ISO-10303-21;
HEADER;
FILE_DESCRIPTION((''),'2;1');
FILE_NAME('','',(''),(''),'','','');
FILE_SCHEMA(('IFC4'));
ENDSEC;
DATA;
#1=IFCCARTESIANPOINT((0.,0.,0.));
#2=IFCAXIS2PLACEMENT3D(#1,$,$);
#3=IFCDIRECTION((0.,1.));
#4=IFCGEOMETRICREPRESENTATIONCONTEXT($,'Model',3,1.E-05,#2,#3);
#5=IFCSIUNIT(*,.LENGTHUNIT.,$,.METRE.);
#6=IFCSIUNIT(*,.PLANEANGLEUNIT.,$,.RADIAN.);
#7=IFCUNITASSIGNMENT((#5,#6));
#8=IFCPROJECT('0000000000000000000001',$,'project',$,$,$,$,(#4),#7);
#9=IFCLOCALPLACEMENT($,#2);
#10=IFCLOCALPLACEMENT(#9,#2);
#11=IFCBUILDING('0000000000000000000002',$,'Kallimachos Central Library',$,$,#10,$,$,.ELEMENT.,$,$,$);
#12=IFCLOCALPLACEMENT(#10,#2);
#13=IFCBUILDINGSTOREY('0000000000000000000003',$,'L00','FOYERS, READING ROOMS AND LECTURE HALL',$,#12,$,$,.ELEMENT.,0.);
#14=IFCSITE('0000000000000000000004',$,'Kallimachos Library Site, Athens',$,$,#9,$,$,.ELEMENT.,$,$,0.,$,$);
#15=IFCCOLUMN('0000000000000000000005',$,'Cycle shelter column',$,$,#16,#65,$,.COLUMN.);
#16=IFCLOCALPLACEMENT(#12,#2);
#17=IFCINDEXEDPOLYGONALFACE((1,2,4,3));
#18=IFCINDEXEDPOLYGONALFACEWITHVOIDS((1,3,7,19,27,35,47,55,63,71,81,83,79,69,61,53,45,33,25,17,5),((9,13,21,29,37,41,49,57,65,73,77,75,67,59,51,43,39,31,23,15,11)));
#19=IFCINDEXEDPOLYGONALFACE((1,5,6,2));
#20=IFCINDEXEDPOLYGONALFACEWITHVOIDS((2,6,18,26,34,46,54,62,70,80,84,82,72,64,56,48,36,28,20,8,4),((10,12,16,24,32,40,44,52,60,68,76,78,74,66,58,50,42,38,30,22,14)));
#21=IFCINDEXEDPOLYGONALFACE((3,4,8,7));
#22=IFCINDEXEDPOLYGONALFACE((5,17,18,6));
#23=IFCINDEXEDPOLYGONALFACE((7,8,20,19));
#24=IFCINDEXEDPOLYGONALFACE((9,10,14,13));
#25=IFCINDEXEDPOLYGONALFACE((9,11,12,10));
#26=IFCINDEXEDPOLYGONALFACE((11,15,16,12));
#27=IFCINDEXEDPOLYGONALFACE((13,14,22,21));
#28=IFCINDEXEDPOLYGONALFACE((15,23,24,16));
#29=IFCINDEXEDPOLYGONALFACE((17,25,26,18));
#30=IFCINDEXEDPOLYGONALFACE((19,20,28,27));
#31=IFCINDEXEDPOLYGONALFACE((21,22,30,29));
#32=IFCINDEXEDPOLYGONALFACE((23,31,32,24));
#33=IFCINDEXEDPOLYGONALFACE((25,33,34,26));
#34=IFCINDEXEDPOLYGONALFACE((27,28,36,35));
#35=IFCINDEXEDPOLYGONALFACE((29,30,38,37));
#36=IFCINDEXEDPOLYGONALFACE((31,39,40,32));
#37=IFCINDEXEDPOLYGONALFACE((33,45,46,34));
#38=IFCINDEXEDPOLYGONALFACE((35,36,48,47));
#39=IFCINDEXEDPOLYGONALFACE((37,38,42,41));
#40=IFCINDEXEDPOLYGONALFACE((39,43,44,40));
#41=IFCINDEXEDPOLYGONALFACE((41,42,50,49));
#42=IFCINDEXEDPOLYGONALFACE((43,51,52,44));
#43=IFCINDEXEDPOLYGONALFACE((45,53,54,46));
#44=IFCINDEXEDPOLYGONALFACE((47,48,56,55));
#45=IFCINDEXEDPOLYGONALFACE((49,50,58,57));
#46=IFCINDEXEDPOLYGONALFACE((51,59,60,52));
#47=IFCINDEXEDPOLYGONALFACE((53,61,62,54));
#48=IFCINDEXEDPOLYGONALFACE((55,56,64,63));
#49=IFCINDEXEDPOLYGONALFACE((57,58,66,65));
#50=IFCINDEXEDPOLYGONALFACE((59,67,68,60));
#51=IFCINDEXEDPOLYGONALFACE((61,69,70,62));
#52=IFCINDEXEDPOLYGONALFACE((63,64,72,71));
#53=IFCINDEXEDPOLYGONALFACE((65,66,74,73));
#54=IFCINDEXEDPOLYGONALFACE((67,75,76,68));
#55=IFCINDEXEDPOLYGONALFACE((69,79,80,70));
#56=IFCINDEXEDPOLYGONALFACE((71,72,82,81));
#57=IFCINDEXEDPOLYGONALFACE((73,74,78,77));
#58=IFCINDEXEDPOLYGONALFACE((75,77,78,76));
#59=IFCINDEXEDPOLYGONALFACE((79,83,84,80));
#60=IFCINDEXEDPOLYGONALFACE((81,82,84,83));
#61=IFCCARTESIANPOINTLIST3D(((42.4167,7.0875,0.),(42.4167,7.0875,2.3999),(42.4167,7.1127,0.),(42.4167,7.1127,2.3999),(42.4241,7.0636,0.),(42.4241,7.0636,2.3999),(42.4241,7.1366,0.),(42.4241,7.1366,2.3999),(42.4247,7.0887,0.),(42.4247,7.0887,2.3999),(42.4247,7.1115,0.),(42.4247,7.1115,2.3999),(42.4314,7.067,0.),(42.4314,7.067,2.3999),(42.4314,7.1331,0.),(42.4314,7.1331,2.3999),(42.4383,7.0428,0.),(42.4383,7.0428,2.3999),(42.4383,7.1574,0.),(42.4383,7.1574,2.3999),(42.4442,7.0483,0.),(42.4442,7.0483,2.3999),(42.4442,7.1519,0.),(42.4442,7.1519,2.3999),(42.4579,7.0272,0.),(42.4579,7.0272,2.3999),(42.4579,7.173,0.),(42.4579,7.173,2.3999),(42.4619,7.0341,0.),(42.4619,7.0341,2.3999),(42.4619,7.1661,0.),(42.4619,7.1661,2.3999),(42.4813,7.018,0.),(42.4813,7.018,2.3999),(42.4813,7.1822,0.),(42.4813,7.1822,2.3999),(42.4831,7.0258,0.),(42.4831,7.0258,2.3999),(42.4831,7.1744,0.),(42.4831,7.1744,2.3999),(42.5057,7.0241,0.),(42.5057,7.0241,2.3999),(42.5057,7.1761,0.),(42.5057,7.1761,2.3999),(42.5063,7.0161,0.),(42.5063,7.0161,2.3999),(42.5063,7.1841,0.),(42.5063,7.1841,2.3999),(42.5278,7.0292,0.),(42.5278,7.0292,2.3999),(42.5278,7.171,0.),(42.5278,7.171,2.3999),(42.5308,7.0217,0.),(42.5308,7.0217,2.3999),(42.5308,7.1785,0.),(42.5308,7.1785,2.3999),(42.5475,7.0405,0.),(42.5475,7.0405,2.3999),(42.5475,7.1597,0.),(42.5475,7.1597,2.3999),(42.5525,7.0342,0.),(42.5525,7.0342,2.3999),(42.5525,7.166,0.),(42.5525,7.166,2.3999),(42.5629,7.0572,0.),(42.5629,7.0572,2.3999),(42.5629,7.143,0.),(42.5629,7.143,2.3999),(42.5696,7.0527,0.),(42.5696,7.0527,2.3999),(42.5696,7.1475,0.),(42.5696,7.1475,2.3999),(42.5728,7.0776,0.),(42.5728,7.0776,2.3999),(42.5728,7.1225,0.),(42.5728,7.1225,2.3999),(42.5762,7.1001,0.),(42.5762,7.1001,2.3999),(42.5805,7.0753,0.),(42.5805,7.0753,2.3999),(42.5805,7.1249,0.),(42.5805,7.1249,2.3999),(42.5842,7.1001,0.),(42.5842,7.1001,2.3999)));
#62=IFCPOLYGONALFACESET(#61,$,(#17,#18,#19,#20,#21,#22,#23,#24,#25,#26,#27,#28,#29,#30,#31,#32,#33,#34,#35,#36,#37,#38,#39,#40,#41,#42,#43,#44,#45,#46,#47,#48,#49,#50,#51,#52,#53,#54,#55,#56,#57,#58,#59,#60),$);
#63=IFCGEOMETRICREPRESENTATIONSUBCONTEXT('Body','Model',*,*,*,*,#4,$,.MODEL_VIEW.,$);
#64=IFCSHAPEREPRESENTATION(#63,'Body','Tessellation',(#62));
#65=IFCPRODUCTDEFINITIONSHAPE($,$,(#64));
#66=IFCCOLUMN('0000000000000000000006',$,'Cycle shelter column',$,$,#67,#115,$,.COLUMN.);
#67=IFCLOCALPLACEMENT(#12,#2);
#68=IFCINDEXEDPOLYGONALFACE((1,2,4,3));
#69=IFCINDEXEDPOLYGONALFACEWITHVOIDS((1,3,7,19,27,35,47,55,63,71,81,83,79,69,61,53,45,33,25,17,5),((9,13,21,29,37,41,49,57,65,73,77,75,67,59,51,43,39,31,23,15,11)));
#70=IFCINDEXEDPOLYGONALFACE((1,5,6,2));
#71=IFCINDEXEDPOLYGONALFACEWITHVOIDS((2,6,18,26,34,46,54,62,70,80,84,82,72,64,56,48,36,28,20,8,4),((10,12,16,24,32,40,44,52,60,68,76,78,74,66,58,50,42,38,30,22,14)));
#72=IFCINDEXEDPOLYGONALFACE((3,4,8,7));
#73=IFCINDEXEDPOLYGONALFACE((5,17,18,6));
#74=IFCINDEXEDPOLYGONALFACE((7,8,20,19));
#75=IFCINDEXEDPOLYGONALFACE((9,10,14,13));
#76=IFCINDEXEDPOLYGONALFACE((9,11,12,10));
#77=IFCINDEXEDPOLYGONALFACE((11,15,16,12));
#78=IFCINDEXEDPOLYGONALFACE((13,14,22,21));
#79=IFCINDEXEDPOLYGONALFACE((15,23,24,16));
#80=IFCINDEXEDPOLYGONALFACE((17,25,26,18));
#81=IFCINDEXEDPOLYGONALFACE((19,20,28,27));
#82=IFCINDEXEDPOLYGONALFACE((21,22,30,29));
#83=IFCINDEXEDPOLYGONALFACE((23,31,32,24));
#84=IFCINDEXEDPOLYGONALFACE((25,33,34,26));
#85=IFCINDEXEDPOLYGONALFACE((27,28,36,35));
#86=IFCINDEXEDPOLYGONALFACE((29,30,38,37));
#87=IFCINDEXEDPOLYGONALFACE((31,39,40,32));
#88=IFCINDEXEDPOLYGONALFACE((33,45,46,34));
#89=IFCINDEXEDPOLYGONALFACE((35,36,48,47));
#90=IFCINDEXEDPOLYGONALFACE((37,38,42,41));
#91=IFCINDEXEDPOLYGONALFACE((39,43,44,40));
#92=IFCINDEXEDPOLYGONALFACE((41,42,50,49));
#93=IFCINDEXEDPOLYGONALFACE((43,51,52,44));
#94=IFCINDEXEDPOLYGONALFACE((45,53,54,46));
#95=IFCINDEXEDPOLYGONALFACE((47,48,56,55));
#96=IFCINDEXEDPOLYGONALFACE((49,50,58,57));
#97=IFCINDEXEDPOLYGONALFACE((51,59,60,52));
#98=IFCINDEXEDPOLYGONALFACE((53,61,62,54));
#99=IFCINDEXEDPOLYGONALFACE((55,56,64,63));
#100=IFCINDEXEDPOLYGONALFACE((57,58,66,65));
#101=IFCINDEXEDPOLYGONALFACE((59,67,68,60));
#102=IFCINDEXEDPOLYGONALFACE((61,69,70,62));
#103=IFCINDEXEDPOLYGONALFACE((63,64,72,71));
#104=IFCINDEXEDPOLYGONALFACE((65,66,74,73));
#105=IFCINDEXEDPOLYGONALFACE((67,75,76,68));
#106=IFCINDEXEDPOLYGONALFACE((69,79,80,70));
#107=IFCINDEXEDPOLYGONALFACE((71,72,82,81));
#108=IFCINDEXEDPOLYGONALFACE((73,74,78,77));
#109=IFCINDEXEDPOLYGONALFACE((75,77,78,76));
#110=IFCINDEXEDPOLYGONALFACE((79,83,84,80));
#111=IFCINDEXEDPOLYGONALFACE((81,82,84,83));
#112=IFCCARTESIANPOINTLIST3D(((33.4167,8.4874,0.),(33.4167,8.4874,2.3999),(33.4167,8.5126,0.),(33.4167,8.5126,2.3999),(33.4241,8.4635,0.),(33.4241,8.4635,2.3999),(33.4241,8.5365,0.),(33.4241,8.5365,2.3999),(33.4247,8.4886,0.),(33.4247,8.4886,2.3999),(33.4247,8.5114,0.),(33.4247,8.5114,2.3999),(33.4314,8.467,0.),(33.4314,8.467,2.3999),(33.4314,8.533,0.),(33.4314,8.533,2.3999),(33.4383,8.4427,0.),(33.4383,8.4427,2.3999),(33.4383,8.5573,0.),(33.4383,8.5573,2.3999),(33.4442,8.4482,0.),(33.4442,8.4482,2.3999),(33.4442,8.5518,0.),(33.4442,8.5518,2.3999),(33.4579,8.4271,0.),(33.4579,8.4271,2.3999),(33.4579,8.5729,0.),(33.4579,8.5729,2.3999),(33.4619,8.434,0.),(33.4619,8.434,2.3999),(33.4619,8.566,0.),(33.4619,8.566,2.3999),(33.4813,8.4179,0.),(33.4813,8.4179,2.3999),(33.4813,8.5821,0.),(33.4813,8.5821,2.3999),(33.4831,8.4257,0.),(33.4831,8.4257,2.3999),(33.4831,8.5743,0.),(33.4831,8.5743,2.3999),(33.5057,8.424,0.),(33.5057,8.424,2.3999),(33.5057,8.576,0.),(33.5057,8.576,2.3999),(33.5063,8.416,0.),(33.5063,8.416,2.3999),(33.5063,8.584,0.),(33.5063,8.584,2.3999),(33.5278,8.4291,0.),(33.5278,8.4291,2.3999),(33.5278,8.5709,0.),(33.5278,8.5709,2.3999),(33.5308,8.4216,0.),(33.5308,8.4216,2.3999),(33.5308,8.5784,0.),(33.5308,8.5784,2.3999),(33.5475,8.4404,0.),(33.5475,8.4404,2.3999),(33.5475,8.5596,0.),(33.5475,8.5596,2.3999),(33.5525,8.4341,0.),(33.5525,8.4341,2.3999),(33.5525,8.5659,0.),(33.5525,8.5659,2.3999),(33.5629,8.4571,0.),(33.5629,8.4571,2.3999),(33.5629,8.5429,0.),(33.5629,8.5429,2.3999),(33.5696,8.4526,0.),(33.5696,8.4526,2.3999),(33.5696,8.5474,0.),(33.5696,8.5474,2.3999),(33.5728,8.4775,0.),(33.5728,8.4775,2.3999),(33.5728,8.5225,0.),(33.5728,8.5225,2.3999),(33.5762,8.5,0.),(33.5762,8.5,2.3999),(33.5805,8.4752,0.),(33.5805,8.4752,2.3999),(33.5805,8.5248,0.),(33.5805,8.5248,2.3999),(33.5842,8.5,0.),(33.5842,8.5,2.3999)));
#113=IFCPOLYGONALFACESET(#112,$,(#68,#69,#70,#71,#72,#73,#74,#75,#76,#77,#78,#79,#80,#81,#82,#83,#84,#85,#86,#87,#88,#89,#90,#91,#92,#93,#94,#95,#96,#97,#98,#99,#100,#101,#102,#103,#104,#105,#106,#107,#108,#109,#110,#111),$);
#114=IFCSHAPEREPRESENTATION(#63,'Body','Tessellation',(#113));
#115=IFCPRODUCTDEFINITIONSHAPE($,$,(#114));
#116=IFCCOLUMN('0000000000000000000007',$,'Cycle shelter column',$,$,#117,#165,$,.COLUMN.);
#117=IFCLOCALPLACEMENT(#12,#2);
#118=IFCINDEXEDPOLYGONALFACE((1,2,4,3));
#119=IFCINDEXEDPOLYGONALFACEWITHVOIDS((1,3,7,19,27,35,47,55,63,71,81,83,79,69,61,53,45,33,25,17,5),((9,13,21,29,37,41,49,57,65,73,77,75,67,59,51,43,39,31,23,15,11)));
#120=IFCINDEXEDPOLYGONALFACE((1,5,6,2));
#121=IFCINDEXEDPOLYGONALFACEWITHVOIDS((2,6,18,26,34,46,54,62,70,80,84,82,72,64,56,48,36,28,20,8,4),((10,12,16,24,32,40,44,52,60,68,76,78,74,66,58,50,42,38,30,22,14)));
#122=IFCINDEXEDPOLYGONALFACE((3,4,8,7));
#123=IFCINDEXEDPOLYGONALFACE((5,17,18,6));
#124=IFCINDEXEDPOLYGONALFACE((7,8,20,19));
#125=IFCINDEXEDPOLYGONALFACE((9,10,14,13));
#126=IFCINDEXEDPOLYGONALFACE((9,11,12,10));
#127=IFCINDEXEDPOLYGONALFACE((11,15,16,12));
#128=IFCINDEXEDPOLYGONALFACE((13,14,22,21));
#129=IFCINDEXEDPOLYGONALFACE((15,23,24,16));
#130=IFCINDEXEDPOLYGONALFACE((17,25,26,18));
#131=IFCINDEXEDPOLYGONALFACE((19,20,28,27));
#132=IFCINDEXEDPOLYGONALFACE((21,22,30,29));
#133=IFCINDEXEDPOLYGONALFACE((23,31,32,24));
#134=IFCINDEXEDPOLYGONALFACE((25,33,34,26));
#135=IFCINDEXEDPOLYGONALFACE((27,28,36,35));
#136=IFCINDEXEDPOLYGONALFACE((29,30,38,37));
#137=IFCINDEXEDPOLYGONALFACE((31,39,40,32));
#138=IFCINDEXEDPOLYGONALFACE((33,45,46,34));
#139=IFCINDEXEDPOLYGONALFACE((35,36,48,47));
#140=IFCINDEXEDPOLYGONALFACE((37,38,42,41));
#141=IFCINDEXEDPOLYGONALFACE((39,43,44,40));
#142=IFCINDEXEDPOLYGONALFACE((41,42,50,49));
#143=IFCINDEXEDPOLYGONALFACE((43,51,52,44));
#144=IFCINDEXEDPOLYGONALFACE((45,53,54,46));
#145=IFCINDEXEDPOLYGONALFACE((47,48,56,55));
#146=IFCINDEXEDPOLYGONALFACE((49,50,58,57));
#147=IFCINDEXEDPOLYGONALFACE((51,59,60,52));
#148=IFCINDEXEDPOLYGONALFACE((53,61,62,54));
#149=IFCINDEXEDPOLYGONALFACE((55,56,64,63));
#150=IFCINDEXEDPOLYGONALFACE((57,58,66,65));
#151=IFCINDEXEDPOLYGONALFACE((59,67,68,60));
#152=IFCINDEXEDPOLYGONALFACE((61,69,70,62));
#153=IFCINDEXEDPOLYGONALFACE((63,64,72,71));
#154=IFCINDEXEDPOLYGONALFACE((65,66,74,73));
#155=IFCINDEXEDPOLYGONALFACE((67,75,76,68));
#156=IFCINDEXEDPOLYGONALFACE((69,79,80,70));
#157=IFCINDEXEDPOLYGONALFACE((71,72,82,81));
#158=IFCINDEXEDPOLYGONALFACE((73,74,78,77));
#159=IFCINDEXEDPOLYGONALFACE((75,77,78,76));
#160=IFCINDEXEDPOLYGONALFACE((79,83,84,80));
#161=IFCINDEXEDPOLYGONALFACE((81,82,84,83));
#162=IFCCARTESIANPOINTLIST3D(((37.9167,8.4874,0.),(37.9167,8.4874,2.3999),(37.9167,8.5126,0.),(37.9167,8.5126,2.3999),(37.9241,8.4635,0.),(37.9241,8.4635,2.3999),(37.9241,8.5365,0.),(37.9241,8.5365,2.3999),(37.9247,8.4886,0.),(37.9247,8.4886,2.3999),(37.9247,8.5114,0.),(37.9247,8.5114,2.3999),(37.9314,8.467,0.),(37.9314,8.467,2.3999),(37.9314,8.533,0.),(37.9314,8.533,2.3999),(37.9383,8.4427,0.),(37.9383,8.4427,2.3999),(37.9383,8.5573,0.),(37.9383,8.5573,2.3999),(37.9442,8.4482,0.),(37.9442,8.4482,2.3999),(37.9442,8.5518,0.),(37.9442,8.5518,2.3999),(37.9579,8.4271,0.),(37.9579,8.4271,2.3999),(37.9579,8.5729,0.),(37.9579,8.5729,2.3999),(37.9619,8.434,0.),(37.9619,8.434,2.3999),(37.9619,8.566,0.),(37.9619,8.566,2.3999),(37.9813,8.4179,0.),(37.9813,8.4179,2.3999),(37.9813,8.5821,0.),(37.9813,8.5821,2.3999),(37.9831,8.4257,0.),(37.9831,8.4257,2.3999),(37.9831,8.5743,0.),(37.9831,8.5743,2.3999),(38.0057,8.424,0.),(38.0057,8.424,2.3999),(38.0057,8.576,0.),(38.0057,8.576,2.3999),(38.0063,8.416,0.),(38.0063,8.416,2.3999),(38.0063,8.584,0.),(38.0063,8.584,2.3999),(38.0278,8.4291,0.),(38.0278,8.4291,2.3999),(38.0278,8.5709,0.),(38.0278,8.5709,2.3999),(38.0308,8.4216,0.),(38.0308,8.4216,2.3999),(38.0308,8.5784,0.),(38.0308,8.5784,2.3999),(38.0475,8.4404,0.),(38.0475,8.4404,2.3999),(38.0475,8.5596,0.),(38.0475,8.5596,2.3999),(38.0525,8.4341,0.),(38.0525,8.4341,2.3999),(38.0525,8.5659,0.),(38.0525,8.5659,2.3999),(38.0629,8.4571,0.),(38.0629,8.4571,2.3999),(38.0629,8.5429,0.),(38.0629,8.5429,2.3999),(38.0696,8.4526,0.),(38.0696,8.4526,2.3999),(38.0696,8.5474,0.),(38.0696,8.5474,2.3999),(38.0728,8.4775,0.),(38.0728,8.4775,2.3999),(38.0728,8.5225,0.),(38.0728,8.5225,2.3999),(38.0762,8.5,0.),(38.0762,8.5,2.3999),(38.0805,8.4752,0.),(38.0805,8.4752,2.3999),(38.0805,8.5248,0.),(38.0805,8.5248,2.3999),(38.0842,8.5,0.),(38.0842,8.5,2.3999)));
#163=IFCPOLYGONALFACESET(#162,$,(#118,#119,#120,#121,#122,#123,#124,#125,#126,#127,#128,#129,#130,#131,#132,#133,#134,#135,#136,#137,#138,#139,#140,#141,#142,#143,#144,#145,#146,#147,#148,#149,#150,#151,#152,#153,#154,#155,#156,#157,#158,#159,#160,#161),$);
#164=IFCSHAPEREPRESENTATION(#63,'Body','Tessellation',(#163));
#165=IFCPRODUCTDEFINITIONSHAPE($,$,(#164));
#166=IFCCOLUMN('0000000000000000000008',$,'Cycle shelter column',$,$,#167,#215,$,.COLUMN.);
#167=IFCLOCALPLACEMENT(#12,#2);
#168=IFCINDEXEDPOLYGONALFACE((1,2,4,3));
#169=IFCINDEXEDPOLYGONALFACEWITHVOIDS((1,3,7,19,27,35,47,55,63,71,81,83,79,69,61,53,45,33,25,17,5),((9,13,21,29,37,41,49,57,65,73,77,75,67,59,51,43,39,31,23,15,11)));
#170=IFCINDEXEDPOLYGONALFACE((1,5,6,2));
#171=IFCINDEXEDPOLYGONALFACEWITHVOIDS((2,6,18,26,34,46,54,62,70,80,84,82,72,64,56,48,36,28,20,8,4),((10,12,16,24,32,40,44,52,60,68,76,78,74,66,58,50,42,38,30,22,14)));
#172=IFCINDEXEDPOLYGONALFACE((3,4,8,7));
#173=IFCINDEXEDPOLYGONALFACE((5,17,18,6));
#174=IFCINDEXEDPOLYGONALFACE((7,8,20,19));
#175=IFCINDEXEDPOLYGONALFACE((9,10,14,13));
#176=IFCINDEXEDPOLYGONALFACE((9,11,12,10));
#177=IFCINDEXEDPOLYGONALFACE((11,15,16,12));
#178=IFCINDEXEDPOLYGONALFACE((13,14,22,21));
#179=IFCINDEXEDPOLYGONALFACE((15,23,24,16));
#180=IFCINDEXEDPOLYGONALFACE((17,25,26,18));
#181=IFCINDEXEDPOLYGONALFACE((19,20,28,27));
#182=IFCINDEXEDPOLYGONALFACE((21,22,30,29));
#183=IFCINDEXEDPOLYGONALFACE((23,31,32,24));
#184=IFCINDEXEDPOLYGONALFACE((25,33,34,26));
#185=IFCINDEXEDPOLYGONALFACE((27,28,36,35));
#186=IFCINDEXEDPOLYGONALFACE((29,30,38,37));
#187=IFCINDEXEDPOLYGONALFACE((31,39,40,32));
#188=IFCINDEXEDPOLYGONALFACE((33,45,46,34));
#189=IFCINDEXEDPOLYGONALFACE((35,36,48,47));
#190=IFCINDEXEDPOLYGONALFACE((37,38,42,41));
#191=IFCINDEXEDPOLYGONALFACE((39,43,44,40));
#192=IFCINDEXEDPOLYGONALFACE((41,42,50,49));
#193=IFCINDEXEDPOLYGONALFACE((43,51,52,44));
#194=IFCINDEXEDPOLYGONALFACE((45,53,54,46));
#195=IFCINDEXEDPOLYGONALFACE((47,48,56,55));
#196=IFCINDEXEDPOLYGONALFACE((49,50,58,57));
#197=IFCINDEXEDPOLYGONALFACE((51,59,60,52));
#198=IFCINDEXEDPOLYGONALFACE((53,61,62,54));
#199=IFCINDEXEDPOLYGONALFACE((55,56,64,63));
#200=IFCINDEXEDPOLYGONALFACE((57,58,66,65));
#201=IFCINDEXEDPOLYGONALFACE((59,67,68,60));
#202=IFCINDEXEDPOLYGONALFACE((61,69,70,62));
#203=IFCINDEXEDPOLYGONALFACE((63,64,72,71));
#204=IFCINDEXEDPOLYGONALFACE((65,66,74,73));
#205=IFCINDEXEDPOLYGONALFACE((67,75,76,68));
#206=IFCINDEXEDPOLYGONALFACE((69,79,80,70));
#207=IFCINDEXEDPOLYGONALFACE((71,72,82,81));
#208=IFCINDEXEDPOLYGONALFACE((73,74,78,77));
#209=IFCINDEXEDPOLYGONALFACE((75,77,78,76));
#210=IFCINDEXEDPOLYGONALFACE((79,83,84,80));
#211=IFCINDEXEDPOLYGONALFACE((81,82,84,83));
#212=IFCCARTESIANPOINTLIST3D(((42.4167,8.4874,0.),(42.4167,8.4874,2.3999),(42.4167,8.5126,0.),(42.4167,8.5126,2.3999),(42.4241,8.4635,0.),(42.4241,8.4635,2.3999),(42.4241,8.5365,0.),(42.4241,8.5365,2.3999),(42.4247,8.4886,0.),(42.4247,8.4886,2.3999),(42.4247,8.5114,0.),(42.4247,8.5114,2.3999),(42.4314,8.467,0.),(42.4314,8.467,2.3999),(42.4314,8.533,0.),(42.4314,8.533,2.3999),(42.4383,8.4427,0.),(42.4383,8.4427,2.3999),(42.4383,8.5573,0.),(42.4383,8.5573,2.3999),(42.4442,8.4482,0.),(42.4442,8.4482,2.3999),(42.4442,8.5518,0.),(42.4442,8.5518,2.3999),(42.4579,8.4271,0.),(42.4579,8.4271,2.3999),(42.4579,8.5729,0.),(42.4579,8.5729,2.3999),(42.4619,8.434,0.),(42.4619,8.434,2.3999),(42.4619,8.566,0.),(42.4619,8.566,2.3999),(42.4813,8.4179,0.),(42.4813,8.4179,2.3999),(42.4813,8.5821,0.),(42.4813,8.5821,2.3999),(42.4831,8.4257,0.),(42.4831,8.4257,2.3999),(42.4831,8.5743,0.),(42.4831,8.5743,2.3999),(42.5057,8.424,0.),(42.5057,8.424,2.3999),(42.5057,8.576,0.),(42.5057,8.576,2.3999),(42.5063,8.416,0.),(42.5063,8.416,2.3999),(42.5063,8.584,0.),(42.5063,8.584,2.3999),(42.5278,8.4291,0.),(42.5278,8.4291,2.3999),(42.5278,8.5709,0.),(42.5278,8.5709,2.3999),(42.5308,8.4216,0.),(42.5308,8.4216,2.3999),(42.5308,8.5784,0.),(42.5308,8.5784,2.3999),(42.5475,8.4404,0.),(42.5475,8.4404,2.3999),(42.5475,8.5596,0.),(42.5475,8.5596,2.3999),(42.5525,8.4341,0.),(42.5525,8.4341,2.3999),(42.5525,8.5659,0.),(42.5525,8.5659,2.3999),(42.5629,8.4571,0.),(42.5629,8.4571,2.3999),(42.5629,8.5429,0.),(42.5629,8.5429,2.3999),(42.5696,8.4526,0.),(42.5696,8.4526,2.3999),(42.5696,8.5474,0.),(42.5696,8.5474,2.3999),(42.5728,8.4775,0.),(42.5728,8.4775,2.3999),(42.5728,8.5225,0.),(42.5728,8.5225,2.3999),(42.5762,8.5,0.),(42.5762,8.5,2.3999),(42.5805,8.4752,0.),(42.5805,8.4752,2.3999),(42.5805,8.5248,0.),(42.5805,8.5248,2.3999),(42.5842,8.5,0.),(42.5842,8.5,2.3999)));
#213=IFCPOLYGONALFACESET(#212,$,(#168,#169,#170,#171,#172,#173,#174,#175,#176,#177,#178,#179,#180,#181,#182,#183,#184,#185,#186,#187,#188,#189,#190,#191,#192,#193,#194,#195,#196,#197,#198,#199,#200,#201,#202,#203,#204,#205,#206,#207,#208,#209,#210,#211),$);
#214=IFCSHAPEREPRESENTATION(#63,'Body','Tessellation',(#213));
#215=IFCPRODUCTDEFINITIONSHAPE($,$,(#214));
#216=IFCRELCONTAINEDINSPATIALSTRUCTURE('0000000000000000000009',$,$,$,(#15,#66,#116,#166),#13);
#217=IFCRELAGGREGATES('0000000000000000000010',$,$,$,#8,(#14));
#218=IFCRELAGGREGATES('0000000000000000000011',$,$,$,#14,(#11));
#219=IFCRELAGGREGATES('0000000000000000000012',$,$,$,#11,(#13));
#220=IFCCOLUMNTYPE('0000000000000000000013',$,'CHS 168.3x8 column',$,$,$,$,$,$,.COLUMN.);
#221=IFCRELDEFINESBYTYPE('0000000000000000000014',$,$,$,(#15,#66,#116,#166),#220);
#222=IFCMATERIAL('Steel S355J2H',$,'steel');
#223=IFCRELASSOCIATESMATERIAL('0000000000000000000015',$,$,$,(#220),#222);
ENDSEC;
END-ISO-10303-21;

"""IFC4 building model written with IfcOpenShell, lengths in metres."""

from ifc_helpers import new_model, si_unit, direction, frame, origin, origin_2d, place, context, subcontext, project, spatial, hollow_circle, extrude, material, material_profile, profile_set, type_object, element, save


model = new_model("IFC4")

# Units and contexts
model_context = context("Model", 3, precision=1e-05, world=origin(), true_north=direction((0.0, 1.0)))
body_context = subcontext(model_context, "Body", "Model", "MODEL_VIEW")
ifc_project = project(units=[si_unit("LENGTHUNIT", "METRE"), si_unit("PLANEANGLEUNIT", "RADIAN")], contexts=[model_context])

# Site, building, storey
site_placement = place(None, origin())
site = spatial("IfcSite", under=ifc_project, at=site_placement, Name="Kallimachos Library Site, Athens", CompositionType="ELEMENT", RefElevation=0.0)
building_placement = place(site_placement, origin())
building = spatial("IfcBuilding", under=site, at=building_placement, Name="Kallimachos Central Library", CompositionType="ELEMENT")
storey_placement = place(building_placement, origin())
storey = spatial("IfcBuildingStorey", under=building, at=storey_placement, Name="L00", Description="FOYERS, READING ROOMS AND LECTURE HALL", CompositionType="ELEMENT", Elevation=0.0)

# Columns
ifc_material_1 = material(Name="Steel S355J2H", Category="steel")
ifc_material_profile_1 = material_profile(ifc_material_1, hollow_circle(Radius=0.0842, WallThickness=0.0081, at=origin_2d()), Name="CHS 168.3x8")
ifc_profile_set_1 = profile_set([ifc_material_profile_1], Name="Steel S355J2H")
column_type = type_object("IfcColumnType", Name="CHS 168.3x8 column", PredefinedType="COLUMN", material=ifc_profile_set_1)
for number, where, z_axis, x_axis, name in (
    (1, (42.5, 7.1001, 0.0), (0.0, 0.0, 1.0), (1.0, 0.0, 0.0), "Cycle shelter column"),
    (2, (33.5, 8.5, 0.0), (0.0, 0.0, 1.0), (1.0, 0.0, 0.0), "Cycle shelter column"),
    (3, (38.0, 8.5, 0.0), (0.0, 0.0, 1.0), (1.0, 0.0, 0.0), "Cycle shelter column"),
    (4, (42.5, 8.5, 0.0), (0.0, 0.0, 1.0), (1.0, 0.0, 0.0), "Cycle shelter column"),
):
    element("IfcColumn", number, at=place(storey_placement, frame(where, z_axis=z_axis, x_axis=x_axis)), inside=storey, type_object=column_type, Name=name, PredefinedType="COLUMN", context=body_context, shape_type="SweptSolid", body=[
        extrude(hollow_circle(Radius=0.0842, WallThickness=0.0081, at=origin_2d()), origin(), (0.0, 0.0, 1.0), 2.3999),
    ])

save(model, "model.ifc")
